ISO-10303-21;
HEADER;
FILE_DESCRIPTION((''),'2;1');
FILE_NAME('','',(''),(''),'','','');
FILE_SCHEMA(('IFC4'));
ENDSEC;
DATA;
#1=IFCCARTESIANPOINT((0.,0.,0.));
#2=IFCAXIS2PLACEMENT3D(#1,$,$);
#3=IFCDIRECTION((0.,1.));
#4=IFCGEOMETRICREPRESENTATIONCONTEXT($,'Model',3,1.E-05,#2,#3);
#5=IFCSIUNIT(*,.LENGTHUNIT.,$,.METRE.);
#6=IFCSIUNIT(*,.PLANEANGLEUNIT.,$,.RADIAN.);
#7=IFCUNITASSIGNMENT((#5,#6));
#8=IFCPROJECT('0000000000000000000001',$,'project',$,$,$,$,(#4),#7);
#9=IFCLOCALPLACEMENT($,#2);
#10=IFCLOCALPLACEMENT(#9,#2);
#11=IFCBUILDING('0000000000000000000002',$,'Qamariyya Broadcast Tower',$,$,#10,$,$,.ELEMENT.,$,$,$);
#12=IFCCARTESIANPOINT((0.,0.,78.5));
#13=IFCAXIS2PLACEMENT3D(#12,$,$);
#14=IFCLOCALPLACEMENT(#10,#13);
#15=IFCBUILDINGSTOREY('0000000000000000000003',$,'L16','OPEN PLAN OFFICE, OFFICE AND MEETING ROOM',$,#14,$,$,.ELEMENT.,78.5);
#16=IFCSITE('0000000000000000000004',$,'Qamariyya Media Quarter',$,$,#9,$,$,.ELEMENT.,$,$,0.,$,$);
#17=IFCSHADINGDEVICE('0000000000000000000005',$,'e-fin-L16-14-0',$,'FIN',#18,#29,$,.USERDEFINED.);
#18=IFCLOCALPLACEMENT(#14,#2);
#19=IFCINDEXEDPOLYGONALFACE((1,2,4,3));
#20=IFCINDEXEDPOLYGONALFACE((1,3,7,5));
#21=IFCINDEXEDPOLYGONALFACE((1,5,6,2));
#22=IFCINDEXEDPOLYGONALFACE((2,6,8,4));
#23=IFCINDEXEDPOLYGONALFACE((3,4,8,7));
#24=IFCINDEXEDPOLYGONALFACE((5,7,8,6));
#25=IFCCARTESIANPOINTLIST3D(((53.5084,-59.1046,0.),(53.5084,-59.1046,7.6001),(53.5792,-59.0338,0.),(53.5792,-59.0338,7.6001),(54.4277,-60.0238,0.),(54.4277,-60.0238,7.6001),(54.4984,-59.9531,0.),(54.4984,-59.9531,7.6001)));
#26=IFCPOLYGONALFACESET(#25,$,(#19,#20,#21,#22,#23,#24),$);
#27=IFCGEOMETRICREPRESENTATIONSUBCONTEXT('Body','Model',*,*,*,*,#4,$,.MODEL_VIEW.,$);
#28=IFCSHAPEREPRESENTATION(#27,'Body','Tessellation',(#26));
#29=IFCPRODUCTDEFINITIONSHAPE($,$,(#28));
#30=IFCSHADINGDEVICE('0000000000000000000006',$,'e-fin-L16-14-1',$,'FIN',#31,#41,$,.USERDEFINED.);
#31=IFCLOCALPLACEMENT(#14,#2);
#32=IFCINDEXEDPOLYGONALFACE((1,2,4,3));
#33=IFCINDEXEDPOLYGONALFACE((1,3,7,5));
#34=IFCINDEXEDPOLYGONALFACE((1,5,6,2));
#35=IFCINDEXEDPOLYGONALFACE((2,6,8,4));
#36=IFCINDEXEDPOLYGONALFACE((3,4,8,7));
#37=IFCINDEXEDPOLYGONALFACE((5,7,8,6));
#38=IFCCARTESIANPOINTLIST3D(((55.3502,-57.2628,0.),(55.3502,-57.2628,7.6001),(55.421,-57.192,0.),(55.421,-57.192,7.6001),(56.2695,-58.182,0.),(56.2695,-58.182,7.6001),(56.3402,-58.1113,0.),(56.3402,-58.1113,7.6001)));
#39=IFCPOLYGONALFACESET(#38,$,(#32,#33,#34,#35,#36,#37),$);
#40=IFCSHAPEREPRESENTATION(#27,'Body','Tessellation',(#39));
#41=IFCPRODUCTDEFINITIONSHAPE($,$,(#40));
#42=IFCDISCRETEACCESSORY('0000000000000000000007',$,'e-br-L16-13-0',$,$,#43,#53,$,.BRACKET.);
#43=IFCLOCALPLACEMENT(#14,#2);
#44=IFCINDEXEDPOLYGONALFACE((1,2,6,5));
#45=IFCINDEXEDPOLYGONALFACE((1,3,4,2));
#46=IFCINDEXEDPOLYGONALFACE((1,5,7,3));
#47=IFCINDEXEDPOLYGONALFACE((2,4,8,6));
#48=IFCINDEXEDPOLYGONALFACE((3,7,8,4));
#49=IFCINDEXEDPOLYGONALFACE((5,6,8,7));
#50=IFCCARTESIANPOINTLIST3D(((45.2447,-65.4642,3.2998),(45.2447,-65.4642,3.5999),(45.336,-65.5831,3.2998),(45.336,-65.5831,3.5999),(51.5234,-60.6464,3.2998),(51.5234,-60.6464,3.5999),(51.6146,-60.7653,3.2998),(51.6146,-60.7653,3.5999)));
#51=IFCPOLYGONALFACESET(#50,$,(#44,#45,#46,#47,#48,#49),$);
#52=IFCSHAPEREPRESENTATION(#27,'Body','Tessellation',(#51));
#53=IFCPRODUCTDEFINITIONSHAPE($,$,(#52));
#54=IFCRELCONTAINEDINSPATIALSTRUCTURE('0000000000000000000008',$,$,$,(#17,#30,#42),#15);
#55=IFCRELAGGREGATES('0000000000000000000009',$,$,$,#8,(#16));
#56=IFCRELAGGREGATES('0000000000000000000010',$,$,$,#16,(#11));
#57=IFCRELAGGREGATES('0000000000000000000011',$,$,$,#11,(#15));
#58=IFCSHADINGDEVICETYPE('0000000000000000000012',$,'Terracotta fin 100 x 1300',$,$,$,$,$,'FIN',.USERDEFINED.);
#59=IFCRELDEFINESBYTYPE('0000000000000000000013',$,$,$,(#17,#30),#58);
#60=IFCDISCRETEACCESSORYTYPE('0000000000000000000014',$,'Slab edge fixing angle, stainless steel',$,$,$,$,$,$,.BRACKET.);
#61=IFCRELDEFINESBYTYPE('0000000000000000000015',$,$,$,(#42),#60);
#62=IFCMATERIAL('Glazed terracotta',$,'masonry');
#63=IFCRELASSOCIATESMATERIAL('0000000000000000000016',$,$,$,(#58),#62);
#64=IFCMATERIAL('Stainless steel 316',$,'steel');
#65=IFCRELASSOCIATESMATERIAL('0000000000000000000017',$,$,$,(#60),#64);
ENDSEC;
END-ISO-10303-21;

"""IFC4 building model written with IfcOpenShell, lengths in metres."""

from ifc_helpers import new_model, si_unit, direction, frame, origin, origin_2d, place, context, subcontext, project, spatial, rectangle, extrude, material, material_profile, profile_set, type_object, element, save


model = new_model("IFC4")

# Units and contexts
model_context = context("Model", 3, precision=1e-05, world=origin(), true_north=direction((0.0, 1.0)))
body_context = subcontext(model_context, "Body", "Model", "MODEL_VIEW")
ifc_project = project(units=[si_unit("LENGTHUNIT", "METRE"), si_unit("PLANEANGLEUNIT", "RADIAN")], contexts=[model_context])

# Site, building, storey
site_placement = place(None, origin())
site = spatial("IfcSite", under=ifc_project, at=site_placement, Name="Qamariyya Media Quarter", CompositionType="ELEMENT", RefElevation=0.0)
building_placement = place(site_placement, origin())
building = spatial("IfcBuilding", under=site, at=building_placement, Name="Qamariyya Broadcast Tower", CompositionType="ELEMENT")
storey_placement = place(building_placement, frame((0.0, 0.0, 78.5)))
storey = spatial("IfcBuildingStorey", under=building, at=storey_placement, Name="L16", Description="OPEN PLAN OFFICE, OFFICE AND MEETING ROOM", CompositionType="ELEMENT", Elevation=78.5)

# Shading devices
ifc_material_1 = material(Name="Glazed terracotta", Category="masonry")
ifc_material_profile_1 = material_profile(ifc_material_1, rectangle(XDim=1.3, YDim=0.1001, at=origin_2d()))
ifc_profile_set_1 = profile_set([ifc_material_profile_1], Name="Glazed terracotta")
shading_device_type_1 = type_object("IfcShadingDeviceType", Name="Terracotta fin 100 x 1300", ElementType="FIN", PredefinedType="USERDEFINED", material=ifc_profile_set_1)
for number, where, z_axis, x_axis, name in (
    (1, (54.0034, -59.5288, 0.0), (0.0, 0.0, 1.0), (0.707107, -0.707107, 0.0), "e-fin-L16-14-0"),
    (2, (55.8452, -57.687, 0.0), (0.0, 0.0, 1.0), (0.707107, -0.707107, 0.0), "e-fin-L16-14-1"),
):
    element("IfcShadingDevice", number, at=place(storey_placement, frame(where, z_axis=z_axis, x_axis=x_axis)), inside=storey, type_object=shading_device_type_1, Name=name, ObjectType="FIN", PredefinedType="USERDEFINED", context=body_context, shape_type="SweptSolid", body=[
        extrude(rectangle(XDim=1.3, YDim=0.1001, at=origin_2d()), origin(), (0.0, 0.0, 1.0), 7.6001),
    ])

# Discrete accessory
ifc_material_2 = material(Name="Stainless steel 316", Category="steel")
discrete_accessory_type = type_object("IfcDiscreteAccessoryType", Name="Slab edge fixing angle, stainless steel", PredefinedType="BRACKET", material=ifc_material_2)
discrete_accessory_placement = place(storey_placement, frame((48.4297, -63.1147, 3.2998), z_axis=(0.0, 0.0, 1.0), x_axis=(0.793353, 0.608761, 0.0)))
element("IfcDiscreteAccessory", 3, at=discrete_accessory_placement, inside=storey, type_object=discrete_accessory_type, Name="e-br-L16-13-0", PredefinedType="BRACKET", context=body_context, shape_type="SweptSolid", body=[
    extrude(rectangle(XDim=7.9141, YDim=0.1499, at=origin_2d()), origin(), (0.0, 0.0, 1.0), 0.3),
])

save(model, "model.ifc")
